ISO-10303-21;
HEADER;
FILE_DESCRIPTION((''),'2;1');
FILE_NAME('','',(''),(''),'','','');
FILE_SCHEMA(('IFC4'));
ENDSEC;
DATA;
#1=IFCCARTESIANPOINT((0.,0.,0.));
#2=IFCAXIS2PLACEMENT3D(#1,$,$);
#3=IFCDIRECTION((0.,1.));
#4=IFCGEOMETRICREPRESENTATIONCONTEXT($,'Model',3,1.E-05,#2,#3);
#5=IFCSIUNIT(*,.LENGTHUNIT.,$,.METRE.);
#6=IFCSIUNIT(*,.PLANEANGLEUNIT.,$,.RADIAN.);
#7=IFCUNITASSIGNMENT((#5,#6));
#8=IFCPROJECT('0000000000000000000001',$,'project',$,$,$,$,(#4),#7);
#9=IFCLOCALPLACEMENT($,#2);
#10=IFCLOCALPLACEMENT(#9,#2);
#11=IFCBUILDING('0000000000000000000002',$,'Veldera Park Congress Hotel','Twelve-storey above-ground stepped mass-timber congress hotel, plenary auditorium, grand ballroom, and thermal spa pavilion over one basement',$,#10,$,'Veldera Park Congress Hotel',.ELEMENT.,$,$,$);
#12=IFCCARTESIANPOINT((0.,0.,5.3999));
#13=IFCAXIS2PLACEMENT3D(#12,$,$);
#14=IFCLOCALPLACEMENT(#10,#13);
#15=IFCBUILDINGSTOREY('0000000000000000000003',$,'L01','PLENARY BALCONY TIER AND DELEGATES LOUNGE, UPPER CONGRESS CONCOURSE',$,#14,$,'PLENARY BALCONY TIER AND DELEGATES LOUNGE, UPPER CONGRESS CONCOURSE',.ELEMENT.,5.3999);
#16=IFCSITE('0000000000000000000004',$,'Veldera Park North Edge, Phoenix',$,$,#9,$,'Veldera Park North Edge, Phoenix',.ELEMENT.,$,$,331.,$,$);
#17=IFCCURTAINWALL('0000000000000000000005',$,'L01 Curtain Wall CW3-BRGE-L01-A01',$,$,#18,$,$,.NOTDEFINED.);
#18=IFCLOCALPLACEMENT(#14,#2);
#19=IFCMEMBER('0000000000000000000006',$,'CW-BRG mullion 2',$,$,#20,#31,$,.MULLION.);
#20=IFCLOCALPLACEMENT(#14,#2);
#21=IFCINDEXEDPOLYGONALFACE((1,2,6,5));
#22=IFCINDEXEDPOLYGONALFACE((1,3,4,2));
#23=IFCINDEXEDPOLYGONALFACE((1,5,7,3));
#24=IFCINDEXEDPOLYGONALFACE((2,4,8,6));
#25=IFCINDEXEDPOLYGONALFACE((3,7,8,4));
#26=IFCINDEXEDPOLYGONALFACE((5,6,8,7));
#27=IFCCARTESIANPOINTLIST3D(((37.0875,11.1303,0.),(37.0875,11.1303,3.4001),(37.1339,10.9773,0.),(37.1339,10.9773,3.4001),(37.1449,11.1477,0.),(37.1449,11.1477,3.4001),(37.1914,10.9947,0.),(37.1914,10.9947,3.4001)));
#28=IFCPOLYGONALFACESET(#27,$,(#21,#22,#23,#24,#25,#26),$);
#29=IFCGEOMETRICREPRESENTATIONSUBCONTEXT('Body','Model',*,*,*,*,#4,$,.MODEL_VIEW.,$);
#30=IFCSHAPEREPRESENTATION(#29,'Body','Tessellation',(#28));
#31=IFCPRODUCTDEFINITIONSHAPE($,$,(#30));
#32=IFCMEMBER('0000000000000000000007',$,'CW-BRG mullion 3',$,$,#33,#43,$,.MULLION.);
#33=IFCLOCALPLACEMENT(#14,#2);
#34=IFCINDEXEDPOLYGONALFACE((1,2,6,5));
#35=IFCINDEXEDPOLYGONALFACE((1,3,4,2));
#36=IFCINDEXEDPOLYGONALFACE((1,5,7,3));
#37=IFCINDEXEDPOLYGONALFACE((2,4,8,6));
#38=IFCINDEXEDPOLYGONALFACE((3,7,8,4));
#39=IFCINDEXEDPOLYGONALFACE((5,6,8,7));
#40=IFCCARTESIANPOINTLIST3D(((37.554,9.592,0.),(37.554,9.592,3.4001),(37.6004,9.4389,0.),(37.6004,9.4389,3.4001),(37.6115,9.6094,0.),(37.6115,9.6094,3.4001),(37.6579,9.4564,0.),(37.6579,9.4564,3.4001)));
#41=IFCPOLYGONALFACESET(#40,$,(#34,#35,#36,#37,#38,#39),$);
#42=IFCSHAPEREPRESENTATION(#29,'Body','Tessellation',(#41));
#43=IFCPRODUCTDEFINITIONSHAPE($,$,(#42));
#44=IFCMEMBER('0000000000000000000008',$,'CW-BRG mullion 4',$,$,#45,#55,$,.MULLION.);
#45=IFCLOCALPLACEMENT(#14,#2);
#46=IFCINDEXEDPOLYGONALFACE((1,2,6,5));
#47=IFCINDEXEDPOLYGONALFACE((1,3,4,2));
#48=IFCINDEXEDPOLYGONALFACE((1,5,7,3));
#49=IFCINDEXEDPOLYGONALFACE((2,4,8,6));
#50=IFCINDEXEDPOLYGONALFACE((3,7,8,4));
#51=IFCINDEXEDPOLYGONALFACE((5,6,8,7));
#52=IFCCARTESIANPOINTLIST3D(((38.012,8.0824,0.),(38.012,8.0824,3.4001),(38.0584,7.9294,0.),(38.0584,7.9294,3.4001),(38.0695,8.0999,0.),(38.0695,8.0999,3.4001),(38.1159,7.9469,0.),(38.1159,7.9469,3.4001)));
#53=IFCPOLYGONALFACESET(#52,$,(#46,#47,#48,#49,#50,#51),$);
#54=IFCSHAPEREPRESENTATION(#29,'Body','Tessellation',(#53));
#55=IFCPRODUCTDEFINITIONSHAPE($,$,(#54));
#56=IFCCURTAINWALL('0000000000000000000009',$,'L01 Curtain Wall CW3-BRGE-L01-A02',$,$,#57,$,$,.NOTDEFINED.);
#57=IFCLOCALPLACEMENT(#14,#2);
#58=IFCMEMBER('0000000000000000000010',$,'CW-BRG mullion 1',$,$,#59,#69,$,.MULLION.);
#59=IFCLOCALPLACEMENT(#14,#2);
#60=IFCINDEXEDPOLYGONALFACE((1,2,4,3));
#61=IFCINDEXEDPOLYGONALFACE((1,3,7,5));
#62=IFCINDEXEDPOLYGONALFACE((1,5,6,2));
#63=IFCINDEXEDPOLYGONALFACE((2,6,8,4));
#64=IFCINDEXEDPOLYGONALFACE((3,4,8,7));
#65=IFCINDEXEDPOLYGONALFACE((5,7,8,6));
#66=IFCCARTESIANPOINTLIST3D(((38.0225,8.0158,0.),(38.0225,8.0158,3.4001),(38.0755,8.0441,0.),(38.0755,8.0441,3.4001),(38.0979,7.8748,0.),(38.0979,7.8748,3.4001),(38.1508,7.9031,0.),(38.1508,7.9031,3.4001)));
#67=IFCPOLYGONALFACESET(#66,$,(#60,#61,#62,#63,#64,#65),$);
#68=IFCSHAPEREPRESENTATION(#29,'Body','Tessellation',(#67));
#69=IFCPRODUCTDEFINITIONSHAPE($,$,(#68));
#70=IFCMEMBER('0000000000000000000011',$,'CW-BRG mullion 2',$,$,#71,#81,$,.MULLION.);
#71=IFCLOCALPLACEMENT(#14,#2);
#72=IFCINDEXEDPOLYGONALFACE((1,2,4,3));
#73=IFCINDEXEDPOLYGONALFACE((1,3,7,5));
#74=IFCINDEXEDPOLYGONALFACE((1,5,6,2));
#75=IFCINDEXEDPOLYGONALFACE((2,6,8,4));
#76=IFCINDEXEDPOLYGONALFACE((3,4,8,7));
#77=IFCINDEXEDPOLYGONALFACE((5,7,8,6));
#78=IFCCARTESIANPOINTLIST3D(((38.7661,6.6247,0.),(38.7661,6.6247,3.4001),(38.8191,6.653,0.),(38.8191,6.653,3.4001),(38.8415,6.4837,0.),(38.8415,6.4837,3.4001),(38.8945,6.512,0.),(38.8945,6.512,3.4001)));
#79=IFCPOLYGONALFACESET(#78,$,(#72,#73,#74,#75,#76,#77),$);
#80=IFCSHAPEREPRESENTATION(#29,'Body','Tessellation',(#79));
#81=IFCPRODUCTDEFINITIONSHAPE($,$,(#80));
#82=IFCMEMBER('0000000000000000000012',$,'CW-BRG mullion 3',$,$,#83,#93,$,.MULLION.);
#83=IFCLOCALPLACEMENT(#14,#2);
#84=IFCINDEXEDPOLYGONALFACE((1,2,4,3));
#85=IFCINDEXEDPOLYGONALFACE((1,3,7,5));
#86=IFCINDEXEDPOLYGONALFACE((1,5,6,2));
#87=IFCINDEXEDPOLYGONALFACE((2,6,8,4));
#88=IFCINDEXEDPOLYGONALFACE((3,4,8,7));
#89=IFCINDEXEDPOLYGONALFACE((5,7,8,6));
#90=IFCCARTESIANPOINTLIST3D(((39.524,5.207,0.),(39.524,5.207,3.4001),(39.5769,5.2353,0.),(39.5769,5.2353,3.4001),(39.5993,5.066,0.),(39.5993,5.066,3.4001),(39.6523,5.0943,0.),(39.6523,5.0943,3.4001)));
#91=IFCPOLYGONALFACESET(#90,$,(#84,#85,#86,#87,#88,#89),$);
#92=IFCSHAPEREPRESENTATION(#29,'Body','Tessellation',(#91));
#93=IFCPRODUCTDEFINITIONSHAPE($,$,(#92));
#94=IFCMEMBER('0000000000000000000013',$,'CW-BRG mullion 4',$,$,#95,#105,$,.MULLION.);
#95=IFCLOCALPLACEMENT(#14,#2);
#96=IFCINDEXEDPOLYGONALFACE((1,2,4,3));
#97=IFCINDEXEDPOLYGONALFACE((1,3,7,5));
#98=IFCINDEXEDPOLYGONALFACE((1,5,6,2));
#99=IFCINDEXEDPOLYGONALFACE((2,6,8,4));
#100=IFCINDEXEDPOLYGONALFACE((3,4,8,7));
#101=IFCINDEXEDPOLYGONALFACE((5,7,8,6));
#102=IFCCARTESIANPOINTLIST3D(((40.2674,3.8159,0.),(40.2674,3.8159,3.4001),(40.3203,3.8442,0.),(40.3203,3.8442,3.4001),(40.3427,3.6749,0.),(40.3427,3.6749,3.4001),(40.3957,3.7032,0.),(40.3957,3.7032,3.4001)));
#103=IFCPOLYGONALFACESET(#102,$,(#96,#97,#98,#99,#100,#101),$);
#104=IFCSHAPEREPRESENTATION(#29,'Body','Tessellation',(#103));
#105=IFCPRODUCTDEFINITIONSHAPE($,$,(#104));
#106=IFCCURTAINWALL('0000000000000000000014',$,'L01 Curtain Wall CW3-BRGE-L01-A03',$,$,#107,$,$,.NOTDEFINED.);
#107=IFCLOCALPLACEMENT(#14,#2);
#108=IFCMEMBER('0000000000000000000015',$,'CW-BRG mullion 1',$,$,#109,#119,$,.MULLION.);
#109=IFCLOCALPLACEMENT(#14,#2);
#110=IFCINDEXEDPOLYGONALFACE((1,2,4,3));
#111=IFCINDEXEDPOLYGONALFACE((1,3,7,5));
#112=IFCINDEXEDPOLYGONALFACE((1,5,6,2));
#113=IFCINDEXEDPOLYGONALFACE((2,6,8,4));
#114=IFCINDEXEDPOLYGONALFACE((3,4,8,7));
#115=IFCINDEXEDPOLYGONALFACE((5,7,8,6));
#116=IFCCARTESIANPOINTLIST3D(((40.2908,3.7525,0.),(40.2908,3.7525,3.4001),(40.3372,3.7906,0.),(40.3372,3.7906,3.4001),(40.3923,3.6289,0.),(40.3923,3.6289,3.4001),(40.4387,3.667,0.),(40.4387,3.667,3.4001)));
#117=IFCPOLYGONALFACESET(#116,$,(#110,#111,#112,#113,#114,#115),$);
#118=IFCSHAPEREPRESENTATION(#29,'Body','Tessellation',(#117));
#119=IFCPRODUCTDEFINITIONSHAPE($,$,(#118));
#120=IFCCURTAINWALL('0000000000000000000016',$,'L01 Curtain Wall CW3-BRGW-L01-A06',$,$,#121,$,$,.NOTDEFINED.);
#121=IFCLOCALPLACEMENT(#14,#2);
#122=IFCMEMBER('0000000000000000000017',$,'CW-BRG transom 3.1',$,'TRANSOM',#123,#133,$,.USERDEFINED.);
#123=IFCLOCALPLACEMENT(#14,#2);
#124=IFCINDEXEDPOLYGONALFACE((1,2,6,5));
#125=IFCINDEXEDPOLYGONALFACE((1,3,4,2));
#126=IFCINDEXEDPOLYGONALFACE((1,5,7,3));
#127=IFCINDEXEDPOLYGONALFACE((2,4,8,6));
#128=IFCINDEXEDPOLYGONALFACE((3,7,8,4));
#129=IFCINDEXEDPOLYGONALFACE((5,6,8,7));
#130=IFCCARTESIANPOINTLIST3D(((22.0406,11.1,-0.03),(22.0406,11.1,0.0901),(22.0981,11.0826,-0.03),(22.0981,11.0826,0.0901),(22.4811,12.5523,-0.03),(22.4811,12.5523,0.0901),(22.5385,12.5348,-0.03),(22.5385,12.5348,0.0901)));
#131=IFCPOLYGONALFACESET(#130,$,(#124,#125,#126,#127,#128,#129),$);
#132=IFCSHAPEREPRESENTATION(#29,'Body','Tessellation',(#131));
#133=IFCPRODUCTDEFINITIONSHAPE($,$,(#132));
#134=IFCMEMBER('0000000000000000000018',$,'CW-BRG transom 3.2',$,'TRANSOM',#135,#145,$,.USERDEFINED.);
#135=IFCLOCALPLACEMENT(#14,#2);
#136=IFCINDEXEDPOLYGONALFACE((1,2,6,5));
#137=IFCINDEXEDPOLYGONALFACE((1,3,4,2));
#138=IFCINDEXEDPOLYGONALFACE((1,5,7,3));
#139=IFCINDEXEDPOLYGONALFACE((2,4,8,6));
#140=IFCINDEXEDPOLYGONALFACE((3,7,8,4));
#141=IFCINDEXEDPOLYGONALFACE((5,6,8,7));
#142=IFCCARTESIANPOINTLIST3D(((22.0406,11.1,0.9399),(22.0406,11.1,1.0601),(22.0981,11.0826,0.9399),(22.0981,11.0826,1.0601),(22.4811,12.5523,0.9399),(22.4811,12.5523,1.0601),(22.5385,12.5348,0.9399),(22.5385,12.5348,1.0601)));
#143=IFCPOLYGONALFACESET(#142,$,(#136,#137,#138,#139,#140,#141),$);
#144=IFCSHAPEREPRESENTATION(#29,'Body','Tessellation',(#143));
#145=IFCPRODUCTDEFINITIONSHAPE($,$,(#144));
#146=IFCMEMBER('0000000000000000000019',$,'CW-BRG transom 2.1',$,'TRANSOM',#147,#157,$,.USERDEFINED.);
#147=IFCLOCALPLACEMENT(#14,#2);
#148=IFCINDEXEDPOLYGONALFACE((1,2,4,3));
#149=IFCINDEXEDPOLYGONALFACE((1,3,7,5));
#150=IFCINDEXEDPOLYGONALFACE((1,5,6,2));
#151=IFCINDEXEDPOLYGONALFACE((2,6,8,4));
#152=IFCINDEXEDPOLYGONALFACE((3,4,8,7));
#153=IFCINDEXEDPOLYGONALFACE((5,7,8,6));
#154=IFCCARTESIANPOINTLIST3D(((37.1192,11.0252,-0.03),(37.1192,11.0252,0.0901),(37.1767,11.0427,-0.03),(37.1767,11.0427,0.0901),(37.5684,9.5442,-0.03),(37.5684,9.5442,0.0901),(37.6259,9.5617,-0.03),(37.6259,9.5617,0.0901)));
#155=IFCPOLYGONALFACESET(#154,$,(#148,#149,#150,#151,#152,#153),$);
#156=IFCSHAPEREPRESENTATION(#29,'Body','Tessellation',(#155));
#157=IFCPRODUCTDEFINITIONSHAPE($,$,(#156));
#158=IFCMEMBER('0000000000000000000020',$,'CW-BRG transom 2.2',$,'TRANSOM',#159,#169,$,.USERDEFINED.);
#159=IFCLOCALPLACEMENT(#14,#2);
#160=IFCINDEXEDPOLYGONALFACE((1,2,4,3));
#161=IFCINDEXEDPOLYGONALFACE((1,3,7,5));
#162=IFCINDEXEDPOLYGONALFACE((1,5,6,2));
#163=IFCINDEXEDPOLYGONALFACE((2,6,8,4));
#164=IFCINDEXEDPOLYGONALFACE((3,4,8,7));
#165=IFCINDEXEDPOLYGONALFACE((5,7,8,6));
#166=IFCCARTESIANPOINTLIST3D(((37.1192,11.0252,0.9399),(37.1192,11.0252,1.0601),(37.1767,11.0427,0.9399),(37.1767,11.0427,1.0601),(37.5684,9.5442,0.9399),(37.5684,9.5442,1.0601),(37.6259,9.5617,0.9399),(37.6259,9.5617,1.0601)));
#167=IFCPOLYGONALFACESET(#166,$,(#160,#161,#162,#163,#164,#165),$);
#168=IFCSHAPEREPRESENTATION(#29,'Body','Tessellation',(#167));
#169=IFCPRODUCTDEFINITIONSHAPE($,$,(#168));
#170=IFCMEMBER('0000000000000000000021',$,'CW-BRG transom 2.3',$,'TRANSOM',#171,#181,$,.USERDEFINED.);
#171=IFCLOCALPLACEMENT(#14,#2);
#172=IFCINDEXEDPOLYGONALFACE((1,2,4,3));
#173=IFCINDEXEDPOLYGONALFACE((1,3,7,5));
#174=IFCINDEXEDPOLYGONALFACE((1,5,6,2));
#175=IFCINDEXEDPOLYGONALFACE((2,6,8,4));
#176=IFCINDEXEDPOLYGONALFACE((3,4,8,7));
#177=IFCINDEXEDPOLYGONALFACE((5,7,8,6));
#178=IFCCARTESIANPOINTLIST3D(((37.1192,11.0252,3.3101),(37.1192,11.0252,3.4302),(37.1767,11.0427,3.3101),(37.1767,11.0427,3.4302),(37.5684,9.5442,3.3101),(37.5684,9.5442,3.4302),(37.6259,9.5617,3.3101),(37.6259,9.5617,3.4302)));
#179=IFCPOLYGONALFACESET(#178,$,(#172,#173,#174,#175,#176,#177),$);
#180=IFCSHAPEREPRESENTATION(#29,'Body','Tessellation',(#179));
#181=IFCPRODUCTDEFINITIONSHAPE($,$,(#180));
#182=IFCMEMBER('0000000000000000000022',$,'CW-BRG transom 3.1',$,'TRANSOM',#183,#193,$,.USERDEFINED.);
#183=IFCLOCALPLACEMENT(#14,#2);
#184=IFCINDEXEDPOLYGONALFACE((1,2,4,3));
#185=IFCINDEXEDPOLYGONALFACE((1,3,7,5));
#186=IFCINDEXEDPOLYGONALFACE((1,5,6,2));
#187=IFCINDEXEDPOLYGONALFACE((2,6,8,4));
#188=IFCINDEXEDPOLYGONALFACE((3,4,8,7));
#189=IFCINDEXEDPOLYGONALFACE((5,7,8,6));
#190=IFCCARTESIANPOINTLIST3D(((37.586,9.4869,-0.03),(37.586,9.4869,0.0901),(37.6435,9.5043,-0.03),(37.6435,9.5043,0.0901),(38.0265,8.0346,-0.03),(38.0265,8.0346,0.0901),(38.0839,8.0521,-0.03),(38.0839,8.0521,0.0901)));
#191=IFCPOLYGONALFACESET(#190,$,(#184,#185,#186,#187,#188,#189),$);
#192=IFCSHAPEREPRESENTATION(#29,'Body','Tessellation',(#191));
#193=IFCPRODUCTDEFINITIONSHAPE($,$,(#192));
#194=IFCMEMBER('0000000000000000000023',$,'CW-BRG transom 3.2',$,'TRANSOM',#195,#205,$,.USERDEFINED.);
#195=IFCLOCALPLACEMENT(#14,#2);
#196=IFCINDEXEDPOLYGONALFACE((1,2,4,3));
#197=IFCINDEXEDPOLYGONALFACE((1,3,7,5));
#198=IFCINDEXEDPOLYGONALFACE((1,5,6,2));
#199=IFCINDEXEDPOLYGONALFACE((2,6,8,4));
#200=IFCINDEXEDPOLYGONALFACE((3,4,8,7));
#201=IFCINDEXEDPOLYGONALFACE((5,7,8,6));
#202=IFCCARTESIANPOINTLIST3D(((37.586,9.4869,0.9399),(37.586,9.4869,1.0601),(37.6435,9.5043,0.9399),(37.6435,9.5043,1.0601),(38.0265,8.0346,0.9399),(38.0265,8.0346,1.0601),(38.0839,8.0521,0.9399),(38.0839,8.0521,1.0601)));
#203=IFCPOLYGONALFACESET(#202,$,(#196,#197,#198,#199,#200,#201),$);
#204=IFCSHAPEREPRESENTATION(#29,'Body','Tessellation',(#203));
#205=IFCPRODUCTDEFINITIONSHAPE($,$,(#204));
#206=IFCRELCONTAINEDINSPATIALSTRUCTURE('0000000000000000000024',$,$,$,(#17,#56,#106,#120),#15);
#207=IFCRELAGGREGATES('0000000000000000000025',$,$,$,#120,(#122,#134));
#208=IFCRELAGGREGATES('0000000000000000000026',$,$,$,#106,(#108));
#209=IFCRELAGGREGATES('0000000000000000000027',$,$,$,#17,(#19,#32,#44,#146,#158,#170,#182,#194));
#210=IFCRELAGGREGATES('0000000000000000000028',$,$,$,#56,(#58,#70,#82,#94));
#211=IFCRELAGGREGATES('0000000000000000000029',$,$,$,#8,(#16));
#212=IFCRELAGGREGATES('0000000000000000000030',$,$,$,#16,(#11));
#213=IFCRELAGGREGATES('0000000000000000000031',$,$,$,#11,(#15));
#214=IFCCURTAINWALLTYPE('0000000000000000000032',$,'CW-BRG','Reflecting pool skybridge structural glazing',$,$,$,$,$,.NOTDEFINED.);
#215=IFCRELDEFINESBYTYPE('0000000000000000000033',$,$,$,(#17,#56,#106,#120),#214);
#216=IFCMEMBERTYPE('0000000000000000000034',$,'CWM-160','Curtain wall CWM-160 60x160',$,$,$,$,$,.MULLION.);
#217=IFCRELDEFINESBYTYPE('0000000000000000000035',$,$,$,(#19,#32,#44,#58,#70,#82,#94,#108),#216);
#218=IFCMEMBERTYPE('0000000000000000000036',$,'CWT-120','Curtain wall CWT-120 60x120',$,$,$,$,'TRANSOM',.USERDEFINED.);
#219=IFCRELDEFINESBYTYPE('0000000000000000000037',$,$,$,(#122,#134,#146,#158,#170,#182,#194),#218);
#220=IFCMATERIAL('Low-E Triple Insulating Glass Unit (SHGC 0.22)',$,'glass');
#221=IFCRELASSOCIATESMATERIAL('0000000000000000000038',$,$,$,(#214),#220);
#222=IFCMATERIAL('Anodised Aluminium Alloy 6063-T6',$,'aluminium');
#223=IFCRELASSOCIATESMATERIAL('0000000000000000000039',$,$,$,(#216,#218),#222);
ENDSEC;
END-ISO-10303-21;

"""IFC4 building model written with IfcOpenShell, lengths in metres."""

from ifc_helpers import new_model, si_unit, direction, frame, origin, origin_2d, place, context, subcontext, project, spatial, rectangle, extrude, material, material_profile, profile_set, type_object, element, aggregate, save


model = new_model("IFC4")

# Units and contexts
model_context = context("Model", 3, precision=1e-05, world=origin(), true_north=direction((0.0, 1.0)))
body_context = subcontext(model_context, "Body", "Model", "MODEL_VIEW")
ifc_project = project(units=[si_unit("LENGTHUNIT", "METRE"), si_unit("PLANEANGLEUNIT", "RADIAN")], contexts=[model_context])

# Site, building, storey
site_placement = place(None, origin())
site = spatial("IfcSite", under=ifc_project, at=site_placement, Name="Veldera Park North Edge, Phoenix", LongName="Veldera Park North Edge, Phoenix", CompositionType="ELEMENT", RefElevation=331.0)
building_placement = place(site_placement, origin())
building = spatial("IfcBuilding", under=site, at=building_placement, Name="Veldera Park Congress Hotel", Description="Twelve-storey above-ground stepped mass-timber congress hotel, plenary auditorium, grand ballroom, and thermal spa pavilion over one basement", LongName="Veldera Park Congress Hotel", CompositionType="ELEMENT")
storey_placement = place(building_placement, frame((0.0, 0.0, 5.3999)))
storey = spatial("IfcBuildingStorey", under=building, at=storey_placement, Name="L01", Description="PLENARY BALCONY TIER AND DELEGATES LOUNGE, UPPER CONGRESS CONCOURSE", LongName="PLENARY BALCONY TIER AND DELEGATES LOUNGE, UPPER CONGRESS CONCOURSE", CompositionType="ELEMENT", Elevation=5.3999)

# Curtain walls, members
ifc_material_1 = material(Name="Low-E Triple Insulating Glass Unit (SHGC 0.22)", Category="glass")
curtain_wall_type = type_object("IfcCurtainWallType", Name="CW-BRG", Description="Reflecting pool skybridge structural glazing", PredefinedType="NOTDEFINED", material=ifc_material_1)
curtain_wall_1_placement = place(storey_placement, origin())
curtain_wall_1 = element("IfcCurtainWall", 1, at=curtain_wall_1_placement, inside=storey, type_object=curtain_wall_type, Name="L01 Curtain Wall CW3-BRGE-L01-A01", PredefinedType="NOTDEFINED")
ifc_material_2 = material(Name="Anodised Aluminium Alloy 6063-T6", Category="aluminium")
ifc_material_profile_1 = material_profile(ifc_material_2, rectangle(XDim=0.0601, YDim=0.1599, at=origin_2d()), Name="ALU 60x160")
ifc_profile_set_1 = profile_set([ifc_material_profile_1], Name="Anodised Aluminium Alloy 6063-T6")
member_type_1 = type_object("IfcMemberType", Name="CWM-160", Description="Curtain wall CWM-160 60x160", PredefinedType="MULLION", material=ifc_profile_set_1)
member_1_placement = place(storey_placement, frame((37.1394, 11.0625, 0.0), z_axis=(0.0, 0.0, 1.0), x_axis=(0.956939, 0.290288, 0.0)))
member_1 = element("IfcMember", 2, at=member_1_placement, type_object=member_type_1, Name="CW-BRG mullion 2", PredefinedType="MULLION", context=body_context, shape_type="SweptSolid", body=[
    extrude(rectangle(XDim=0.0601, YDim=0.1599, at=origin_2d()), origin(), (0.0, 0.0, 1.0), 3.4001),
])
member_2_placement = place(storey_placement, frame((37.606, 9.5242, 0.0), z_axis=(0.0, 0.0, 1.0), x_axis=(0.956939, 0.290288, 0.0)))
member_2 = element("IfcMember", 3, at=member_2_placement, type_object=member_type_1, Name="CW-BRG mullion 3", PredefinedType="MULLION", context=body_context, shape_type="SweptSolid", body=[
    extrude(rectangle(XDim=0.0601, YDim=0.1599, at=origin_2d()), origin(), (0.0, 0.0, 1.0), 3.4001),
])
member_3_placement = place(storey_placement, frame((38.064, 8.0146, 0.0), z_axis=(0.0, 0.0, 1.0), x_axis=(0.956939, 0.290288, 0.0)))
member_3 = element("IfcMember", 4, at=member_3_placement, type_object=member_type_1, Name="CW-BRG mullion 4", PredefinedType="MULLION", context=body_context, shape_type="SweptSolid", body=[
    extrude(rectangle(XDim=0.0601, YDim=0.1599, at=origin_2d()), origin(), (0.0, 0.0, 1.0), 3.4001),
])
curtain_wall_2_placement = place(storey_placement, origin())
curtain_wall_2 = element("IfcCurtainWall", 5, at=curtain_wall_2_placement, inside=storey, type_object=curtain_wall_type, Name="L01 Curtain Wall CW3-BRGE-L01-A02", PredefinedType="NOTDEFINED")
member_4_placement = place(storey_placement, frame((38.0867, 7.9595, 0.0), z_axis=(0.0, 0.0, 1.0), x_axis=(0.881928, 0.471385, 0.0)))
member_4 = element("IfcMember", 6, at=member_4_placement, type_object=member_type_1, Name="CW-BRG mullion 1", PredefinedType="MULLION", context=body_context, shape_type="SweptSolid", body=[
    extrude(rectangle(XDim=0.0601, YDim=0.1599, at=origin_2d()), origin(), (0.0, 0.0, 1.0), 3.4001),
])
member_5_placement = place(storey_placement, frame((38.8303, 6.5684, 0.0), z_axis=(0.0, 0.0, 1.0), x_axis=(0.881928, 0.471385, 0.0)))
member_5 = element("IfcMember", 7, at=member_5_placement, type_object=member_type_1, Name="CW-BRG mullion 2", PredefinedType="MULLION", context=body_context, shape_type="SweptSolid", body=[
    extrude(rectangle(XDim=0.0601, YDim=0.1599, at=origin_2d()), origin(), (0.0, 0.0, 1.0), 3.4001),
])
member_6_placement = place(storey_placement, frame((39.5881, 5.1506, 0.0), z_axis=(0.0, 0.0, 1.0), x_axis=(0.881928, 0.471385, 0.0)))
member_6 = element("IfcMember", 8, at=member_6_placement, type_object=member_type_1, Name="CW-BRG mullion 3", PredefinedType="MULLION", context=body_context, shape_type="SweptSolid", body=[
    extrude(rectangle(XDim=0.0601, YDim=0.1599, at=origin_2d()), origin(), (0.0, 0.0, 1.0), 3.4001),
])
member_7_placement = place(storey_placement, frame((40.3315, 3.7595, 0.0), z_axis=(0.0, 0.0, 1.0), x_axis=(0.881928, 0.471385, 0.0)))
member_7 = element("IfcMember", 9, at=member_7_placement, type_object=member_type_1, Name="CW-BRG mullion 4", PredefinedType="MULLION", context=body_context, shape_type="SweptSolid", body=[
    extrude(rectangle(XDim=0.0601, YDim=0.1599, at=origin_2d()), origin(), (0.0, 0.0, 1.0), 3.4001),
])

# Curtain wall, member
curtain_wall_3_placement = place(storey_placement, origin())
curtain_wall_3 = element("IfcCurtainWall", 10, at=curtain_wall_3_placement, inside=storey, type_object=curtain_wall_type, Name="L01 Curtain Wall CW3-BRGE-L01-A03", PredefinedType="NOTDEFINED")
member_8_placement = place(storey_placement, frame((40.3647, 3.7097, 0.0), z_axis=(0.0, 0.0, 1.0), x_axis=(0.773003, 0.634402, 0.0)))
member_8 = element("IfcMember", 11, at=member_8_placement, type_object=member_type_1, Name="CW-BRG mullion 1", PredefinedType="MULLION", context=body_context, shape_type="SweptSolid", body=[
    extrude(rectangle(XDim=0.0601, YDim=0.1599, at=origin_2d()), origin(), (0.0, 0.0, 1.0), 3.4001),
])

# Curtain wall, members
curtain_wall_4_placement = place(storey_placement, origin())
curtain_wall_4 = element("IfcCurtainWall", 12, at=curtain_wall_4_placement, inside=storey, type_object=curtain_wall_type, Name="L01 Curtain Wall CW3-BRGW-L01-A06", PredefinedType="NOTDEFINED")
ifc_material_profile_2 = material_profile(ifc_material_2, rectangle(XDim=0.0601, YDim=0.1201, at=origin_2d()), Name="ALU 60x120")
ifc_profile_set_2 = profile_set([ifc_material_profile_2], Name="Anodised Aluminium Alloy 6063-T6")
member_type_2 = type_object("IfcMemberType", Name="CWT-120", Description="Curtain wall CWT-120 60x120", ElementType="TRANSOM", PredefinedType="USERDEFINED", material=ifc_profile_set_2)
member_9_placement = place(storey_placement, frame((22.0693, 11.0913, 0.03), z_axis=(0.29024, 0.956954, 0.0), x_axis=(-0.956954, 0.29024, 0.0)))
member_9 = element("IfcMember", 13, at=member_9_placement, type_object=member_type_2, Name="CW-BRG transom 3.1", ObjectType="TRANSOM", PredefinedType="USERDEFINED", context=body_context, shape_type="SweptSolid", body=[
    extrude(rectangle(XDim=0.0601, YDim=0.1201, at=origin_2d()), origin(), (0.0, 0.0, 1.0), 1.5176),
])
member_10_placement = place(storey_placement, frame((22.0693, 11.0913, 1.0), z_axis=(0.29024, 0.956954, 0.0), x_axis=(-0.956954, 0.29024, 0.0)))
member_10 = element("IfcMember", 14, at=member_10_placement, type_object=member_type_2, Name="CW-BRG transom 3.2", ObjectType="TRANSOM", PredefinedType="USERDEFINED", context=body_context, shape_type="SweptSolid", body=[
    extrude(rectangle(XDim=0.0601, YDim=0.1201, at=origin_2d()), origin(), (0.0, 0.0, 1.0), 1.5176),
])
aggregate(curtain_wall_4, [member_9, member_10])

# Members
member_11_placement = place(storey_placement, frame((37.1479, 11.0339, 0.03), z_axis=(0.29027, -0.956945, 0.0), x_axis=(0.956945, 0.29027, 0.0)))
member_11 = element("IfcMember", 15, at=member_11_placement, type_object=member_type_2, Name="CW-BRG transom 2.1", ObjectType="TRANSOM", PredefinedType="USERDEFINED", context=body_context, shape_type="SweptSolid", body=[
    extrude(rectangle(XDim=0.0601, YDim=0.1201, at=origin_2d()), origin(), (0.0, 0.0, 1.0), 1.5476),
])
member_12_placement = place(storey_placement, frame((37.1479, 11.0339, 1.0), z_axis=(0.29027, -0.956945, 0.0), x_axis=(0.956945, 0.29027, 0.0)))
member_12 = element("IfcMember", 16, at=member_12_placement, type_object=member_type_2, Name="CW-BRG transom 2.2", ObjectType="TRANSOM", PredefinedType="USERDEFINED", context=body_context, shape_type="SweptSolid", body=[
    extrude(rectangle(XDim=0.0601, YDim=0.1201, at=origin_2d()), origin(), (0.0, 0.0, 1.0), 1.5476),
])
member_13_placement = place(storey_placement, frame((37.1479, 11.0339, 3.3701), z_axis=(0.29027, -0.956945, 0.0), x_axis=(0.956945, 0.29027, 0.0)))
member_13 = element("IfcMember", 17, at=member_13_placement, type_object=member_type_2, Name="CW-BRG transom 2.3", ObjectType="TRANSOM", PredefinedType="USERDEFINED", context=body_context, shape_type="SweptSolid", body=[
    extrude(rectangle(XDim=0.0601, YDim=0.1201, at=origin_2d()), origin(), (0.0, 0.0, 1.0), 1.5476),
])
member_14_placement = place(storey_placement, frame((37.6147, 9.4956, 0.03), z_axis=(0.29024, -0.956954, 0.0), x_axis=(0.956954, 0.29024, 0.0)))
member_14 = element("IfcMember", 18, at=member_14_placement, type_object=member_type_2, Name="CW-BRG transom 3.1", ObjectType="TRANSOM", PredefinedType="USERDEFINED", context=body_context, shape_type="SweptSolid", body=[
    extrude(rectangle(XDim=0.0601, YDim=0.1201, at=origin_2d()), origin(), (0.0, 0.0, 1.0), 1.5176),
])
member_15_placement = place(storey_placement, frame((37.6147, 9.4956, 1.0), z_axis=(0.29024, -0.956954, 0.0), x_axis=(0.956954, 0.29024, 0.0)))
member_15 = element("IfcMember", 19, at=member_15_placement, type_object=member_type_2, Name="CW-BRG transom 3.2", ObjectType="TRANSOM", PredefinedType="USERDEFINED", context=body_context, shape_type="SweptSolid", body=[
    extrude(rectangle(XDim=0.0601, YDim=0.1201, at=origin_2d()), origin(), (0.0, 0.0, 1.0), 1.5176),
])
aggregate(curtain_wall_3, [member_8])

aggregate(curtain_wall_1, [member_1, member_2, member_3, member_11, member_12, member_13, member_14, member_15])
aggregate(curtain_wall_2, [member_4, member_5, member_6, member_7])

save(model, "model.ifc")
